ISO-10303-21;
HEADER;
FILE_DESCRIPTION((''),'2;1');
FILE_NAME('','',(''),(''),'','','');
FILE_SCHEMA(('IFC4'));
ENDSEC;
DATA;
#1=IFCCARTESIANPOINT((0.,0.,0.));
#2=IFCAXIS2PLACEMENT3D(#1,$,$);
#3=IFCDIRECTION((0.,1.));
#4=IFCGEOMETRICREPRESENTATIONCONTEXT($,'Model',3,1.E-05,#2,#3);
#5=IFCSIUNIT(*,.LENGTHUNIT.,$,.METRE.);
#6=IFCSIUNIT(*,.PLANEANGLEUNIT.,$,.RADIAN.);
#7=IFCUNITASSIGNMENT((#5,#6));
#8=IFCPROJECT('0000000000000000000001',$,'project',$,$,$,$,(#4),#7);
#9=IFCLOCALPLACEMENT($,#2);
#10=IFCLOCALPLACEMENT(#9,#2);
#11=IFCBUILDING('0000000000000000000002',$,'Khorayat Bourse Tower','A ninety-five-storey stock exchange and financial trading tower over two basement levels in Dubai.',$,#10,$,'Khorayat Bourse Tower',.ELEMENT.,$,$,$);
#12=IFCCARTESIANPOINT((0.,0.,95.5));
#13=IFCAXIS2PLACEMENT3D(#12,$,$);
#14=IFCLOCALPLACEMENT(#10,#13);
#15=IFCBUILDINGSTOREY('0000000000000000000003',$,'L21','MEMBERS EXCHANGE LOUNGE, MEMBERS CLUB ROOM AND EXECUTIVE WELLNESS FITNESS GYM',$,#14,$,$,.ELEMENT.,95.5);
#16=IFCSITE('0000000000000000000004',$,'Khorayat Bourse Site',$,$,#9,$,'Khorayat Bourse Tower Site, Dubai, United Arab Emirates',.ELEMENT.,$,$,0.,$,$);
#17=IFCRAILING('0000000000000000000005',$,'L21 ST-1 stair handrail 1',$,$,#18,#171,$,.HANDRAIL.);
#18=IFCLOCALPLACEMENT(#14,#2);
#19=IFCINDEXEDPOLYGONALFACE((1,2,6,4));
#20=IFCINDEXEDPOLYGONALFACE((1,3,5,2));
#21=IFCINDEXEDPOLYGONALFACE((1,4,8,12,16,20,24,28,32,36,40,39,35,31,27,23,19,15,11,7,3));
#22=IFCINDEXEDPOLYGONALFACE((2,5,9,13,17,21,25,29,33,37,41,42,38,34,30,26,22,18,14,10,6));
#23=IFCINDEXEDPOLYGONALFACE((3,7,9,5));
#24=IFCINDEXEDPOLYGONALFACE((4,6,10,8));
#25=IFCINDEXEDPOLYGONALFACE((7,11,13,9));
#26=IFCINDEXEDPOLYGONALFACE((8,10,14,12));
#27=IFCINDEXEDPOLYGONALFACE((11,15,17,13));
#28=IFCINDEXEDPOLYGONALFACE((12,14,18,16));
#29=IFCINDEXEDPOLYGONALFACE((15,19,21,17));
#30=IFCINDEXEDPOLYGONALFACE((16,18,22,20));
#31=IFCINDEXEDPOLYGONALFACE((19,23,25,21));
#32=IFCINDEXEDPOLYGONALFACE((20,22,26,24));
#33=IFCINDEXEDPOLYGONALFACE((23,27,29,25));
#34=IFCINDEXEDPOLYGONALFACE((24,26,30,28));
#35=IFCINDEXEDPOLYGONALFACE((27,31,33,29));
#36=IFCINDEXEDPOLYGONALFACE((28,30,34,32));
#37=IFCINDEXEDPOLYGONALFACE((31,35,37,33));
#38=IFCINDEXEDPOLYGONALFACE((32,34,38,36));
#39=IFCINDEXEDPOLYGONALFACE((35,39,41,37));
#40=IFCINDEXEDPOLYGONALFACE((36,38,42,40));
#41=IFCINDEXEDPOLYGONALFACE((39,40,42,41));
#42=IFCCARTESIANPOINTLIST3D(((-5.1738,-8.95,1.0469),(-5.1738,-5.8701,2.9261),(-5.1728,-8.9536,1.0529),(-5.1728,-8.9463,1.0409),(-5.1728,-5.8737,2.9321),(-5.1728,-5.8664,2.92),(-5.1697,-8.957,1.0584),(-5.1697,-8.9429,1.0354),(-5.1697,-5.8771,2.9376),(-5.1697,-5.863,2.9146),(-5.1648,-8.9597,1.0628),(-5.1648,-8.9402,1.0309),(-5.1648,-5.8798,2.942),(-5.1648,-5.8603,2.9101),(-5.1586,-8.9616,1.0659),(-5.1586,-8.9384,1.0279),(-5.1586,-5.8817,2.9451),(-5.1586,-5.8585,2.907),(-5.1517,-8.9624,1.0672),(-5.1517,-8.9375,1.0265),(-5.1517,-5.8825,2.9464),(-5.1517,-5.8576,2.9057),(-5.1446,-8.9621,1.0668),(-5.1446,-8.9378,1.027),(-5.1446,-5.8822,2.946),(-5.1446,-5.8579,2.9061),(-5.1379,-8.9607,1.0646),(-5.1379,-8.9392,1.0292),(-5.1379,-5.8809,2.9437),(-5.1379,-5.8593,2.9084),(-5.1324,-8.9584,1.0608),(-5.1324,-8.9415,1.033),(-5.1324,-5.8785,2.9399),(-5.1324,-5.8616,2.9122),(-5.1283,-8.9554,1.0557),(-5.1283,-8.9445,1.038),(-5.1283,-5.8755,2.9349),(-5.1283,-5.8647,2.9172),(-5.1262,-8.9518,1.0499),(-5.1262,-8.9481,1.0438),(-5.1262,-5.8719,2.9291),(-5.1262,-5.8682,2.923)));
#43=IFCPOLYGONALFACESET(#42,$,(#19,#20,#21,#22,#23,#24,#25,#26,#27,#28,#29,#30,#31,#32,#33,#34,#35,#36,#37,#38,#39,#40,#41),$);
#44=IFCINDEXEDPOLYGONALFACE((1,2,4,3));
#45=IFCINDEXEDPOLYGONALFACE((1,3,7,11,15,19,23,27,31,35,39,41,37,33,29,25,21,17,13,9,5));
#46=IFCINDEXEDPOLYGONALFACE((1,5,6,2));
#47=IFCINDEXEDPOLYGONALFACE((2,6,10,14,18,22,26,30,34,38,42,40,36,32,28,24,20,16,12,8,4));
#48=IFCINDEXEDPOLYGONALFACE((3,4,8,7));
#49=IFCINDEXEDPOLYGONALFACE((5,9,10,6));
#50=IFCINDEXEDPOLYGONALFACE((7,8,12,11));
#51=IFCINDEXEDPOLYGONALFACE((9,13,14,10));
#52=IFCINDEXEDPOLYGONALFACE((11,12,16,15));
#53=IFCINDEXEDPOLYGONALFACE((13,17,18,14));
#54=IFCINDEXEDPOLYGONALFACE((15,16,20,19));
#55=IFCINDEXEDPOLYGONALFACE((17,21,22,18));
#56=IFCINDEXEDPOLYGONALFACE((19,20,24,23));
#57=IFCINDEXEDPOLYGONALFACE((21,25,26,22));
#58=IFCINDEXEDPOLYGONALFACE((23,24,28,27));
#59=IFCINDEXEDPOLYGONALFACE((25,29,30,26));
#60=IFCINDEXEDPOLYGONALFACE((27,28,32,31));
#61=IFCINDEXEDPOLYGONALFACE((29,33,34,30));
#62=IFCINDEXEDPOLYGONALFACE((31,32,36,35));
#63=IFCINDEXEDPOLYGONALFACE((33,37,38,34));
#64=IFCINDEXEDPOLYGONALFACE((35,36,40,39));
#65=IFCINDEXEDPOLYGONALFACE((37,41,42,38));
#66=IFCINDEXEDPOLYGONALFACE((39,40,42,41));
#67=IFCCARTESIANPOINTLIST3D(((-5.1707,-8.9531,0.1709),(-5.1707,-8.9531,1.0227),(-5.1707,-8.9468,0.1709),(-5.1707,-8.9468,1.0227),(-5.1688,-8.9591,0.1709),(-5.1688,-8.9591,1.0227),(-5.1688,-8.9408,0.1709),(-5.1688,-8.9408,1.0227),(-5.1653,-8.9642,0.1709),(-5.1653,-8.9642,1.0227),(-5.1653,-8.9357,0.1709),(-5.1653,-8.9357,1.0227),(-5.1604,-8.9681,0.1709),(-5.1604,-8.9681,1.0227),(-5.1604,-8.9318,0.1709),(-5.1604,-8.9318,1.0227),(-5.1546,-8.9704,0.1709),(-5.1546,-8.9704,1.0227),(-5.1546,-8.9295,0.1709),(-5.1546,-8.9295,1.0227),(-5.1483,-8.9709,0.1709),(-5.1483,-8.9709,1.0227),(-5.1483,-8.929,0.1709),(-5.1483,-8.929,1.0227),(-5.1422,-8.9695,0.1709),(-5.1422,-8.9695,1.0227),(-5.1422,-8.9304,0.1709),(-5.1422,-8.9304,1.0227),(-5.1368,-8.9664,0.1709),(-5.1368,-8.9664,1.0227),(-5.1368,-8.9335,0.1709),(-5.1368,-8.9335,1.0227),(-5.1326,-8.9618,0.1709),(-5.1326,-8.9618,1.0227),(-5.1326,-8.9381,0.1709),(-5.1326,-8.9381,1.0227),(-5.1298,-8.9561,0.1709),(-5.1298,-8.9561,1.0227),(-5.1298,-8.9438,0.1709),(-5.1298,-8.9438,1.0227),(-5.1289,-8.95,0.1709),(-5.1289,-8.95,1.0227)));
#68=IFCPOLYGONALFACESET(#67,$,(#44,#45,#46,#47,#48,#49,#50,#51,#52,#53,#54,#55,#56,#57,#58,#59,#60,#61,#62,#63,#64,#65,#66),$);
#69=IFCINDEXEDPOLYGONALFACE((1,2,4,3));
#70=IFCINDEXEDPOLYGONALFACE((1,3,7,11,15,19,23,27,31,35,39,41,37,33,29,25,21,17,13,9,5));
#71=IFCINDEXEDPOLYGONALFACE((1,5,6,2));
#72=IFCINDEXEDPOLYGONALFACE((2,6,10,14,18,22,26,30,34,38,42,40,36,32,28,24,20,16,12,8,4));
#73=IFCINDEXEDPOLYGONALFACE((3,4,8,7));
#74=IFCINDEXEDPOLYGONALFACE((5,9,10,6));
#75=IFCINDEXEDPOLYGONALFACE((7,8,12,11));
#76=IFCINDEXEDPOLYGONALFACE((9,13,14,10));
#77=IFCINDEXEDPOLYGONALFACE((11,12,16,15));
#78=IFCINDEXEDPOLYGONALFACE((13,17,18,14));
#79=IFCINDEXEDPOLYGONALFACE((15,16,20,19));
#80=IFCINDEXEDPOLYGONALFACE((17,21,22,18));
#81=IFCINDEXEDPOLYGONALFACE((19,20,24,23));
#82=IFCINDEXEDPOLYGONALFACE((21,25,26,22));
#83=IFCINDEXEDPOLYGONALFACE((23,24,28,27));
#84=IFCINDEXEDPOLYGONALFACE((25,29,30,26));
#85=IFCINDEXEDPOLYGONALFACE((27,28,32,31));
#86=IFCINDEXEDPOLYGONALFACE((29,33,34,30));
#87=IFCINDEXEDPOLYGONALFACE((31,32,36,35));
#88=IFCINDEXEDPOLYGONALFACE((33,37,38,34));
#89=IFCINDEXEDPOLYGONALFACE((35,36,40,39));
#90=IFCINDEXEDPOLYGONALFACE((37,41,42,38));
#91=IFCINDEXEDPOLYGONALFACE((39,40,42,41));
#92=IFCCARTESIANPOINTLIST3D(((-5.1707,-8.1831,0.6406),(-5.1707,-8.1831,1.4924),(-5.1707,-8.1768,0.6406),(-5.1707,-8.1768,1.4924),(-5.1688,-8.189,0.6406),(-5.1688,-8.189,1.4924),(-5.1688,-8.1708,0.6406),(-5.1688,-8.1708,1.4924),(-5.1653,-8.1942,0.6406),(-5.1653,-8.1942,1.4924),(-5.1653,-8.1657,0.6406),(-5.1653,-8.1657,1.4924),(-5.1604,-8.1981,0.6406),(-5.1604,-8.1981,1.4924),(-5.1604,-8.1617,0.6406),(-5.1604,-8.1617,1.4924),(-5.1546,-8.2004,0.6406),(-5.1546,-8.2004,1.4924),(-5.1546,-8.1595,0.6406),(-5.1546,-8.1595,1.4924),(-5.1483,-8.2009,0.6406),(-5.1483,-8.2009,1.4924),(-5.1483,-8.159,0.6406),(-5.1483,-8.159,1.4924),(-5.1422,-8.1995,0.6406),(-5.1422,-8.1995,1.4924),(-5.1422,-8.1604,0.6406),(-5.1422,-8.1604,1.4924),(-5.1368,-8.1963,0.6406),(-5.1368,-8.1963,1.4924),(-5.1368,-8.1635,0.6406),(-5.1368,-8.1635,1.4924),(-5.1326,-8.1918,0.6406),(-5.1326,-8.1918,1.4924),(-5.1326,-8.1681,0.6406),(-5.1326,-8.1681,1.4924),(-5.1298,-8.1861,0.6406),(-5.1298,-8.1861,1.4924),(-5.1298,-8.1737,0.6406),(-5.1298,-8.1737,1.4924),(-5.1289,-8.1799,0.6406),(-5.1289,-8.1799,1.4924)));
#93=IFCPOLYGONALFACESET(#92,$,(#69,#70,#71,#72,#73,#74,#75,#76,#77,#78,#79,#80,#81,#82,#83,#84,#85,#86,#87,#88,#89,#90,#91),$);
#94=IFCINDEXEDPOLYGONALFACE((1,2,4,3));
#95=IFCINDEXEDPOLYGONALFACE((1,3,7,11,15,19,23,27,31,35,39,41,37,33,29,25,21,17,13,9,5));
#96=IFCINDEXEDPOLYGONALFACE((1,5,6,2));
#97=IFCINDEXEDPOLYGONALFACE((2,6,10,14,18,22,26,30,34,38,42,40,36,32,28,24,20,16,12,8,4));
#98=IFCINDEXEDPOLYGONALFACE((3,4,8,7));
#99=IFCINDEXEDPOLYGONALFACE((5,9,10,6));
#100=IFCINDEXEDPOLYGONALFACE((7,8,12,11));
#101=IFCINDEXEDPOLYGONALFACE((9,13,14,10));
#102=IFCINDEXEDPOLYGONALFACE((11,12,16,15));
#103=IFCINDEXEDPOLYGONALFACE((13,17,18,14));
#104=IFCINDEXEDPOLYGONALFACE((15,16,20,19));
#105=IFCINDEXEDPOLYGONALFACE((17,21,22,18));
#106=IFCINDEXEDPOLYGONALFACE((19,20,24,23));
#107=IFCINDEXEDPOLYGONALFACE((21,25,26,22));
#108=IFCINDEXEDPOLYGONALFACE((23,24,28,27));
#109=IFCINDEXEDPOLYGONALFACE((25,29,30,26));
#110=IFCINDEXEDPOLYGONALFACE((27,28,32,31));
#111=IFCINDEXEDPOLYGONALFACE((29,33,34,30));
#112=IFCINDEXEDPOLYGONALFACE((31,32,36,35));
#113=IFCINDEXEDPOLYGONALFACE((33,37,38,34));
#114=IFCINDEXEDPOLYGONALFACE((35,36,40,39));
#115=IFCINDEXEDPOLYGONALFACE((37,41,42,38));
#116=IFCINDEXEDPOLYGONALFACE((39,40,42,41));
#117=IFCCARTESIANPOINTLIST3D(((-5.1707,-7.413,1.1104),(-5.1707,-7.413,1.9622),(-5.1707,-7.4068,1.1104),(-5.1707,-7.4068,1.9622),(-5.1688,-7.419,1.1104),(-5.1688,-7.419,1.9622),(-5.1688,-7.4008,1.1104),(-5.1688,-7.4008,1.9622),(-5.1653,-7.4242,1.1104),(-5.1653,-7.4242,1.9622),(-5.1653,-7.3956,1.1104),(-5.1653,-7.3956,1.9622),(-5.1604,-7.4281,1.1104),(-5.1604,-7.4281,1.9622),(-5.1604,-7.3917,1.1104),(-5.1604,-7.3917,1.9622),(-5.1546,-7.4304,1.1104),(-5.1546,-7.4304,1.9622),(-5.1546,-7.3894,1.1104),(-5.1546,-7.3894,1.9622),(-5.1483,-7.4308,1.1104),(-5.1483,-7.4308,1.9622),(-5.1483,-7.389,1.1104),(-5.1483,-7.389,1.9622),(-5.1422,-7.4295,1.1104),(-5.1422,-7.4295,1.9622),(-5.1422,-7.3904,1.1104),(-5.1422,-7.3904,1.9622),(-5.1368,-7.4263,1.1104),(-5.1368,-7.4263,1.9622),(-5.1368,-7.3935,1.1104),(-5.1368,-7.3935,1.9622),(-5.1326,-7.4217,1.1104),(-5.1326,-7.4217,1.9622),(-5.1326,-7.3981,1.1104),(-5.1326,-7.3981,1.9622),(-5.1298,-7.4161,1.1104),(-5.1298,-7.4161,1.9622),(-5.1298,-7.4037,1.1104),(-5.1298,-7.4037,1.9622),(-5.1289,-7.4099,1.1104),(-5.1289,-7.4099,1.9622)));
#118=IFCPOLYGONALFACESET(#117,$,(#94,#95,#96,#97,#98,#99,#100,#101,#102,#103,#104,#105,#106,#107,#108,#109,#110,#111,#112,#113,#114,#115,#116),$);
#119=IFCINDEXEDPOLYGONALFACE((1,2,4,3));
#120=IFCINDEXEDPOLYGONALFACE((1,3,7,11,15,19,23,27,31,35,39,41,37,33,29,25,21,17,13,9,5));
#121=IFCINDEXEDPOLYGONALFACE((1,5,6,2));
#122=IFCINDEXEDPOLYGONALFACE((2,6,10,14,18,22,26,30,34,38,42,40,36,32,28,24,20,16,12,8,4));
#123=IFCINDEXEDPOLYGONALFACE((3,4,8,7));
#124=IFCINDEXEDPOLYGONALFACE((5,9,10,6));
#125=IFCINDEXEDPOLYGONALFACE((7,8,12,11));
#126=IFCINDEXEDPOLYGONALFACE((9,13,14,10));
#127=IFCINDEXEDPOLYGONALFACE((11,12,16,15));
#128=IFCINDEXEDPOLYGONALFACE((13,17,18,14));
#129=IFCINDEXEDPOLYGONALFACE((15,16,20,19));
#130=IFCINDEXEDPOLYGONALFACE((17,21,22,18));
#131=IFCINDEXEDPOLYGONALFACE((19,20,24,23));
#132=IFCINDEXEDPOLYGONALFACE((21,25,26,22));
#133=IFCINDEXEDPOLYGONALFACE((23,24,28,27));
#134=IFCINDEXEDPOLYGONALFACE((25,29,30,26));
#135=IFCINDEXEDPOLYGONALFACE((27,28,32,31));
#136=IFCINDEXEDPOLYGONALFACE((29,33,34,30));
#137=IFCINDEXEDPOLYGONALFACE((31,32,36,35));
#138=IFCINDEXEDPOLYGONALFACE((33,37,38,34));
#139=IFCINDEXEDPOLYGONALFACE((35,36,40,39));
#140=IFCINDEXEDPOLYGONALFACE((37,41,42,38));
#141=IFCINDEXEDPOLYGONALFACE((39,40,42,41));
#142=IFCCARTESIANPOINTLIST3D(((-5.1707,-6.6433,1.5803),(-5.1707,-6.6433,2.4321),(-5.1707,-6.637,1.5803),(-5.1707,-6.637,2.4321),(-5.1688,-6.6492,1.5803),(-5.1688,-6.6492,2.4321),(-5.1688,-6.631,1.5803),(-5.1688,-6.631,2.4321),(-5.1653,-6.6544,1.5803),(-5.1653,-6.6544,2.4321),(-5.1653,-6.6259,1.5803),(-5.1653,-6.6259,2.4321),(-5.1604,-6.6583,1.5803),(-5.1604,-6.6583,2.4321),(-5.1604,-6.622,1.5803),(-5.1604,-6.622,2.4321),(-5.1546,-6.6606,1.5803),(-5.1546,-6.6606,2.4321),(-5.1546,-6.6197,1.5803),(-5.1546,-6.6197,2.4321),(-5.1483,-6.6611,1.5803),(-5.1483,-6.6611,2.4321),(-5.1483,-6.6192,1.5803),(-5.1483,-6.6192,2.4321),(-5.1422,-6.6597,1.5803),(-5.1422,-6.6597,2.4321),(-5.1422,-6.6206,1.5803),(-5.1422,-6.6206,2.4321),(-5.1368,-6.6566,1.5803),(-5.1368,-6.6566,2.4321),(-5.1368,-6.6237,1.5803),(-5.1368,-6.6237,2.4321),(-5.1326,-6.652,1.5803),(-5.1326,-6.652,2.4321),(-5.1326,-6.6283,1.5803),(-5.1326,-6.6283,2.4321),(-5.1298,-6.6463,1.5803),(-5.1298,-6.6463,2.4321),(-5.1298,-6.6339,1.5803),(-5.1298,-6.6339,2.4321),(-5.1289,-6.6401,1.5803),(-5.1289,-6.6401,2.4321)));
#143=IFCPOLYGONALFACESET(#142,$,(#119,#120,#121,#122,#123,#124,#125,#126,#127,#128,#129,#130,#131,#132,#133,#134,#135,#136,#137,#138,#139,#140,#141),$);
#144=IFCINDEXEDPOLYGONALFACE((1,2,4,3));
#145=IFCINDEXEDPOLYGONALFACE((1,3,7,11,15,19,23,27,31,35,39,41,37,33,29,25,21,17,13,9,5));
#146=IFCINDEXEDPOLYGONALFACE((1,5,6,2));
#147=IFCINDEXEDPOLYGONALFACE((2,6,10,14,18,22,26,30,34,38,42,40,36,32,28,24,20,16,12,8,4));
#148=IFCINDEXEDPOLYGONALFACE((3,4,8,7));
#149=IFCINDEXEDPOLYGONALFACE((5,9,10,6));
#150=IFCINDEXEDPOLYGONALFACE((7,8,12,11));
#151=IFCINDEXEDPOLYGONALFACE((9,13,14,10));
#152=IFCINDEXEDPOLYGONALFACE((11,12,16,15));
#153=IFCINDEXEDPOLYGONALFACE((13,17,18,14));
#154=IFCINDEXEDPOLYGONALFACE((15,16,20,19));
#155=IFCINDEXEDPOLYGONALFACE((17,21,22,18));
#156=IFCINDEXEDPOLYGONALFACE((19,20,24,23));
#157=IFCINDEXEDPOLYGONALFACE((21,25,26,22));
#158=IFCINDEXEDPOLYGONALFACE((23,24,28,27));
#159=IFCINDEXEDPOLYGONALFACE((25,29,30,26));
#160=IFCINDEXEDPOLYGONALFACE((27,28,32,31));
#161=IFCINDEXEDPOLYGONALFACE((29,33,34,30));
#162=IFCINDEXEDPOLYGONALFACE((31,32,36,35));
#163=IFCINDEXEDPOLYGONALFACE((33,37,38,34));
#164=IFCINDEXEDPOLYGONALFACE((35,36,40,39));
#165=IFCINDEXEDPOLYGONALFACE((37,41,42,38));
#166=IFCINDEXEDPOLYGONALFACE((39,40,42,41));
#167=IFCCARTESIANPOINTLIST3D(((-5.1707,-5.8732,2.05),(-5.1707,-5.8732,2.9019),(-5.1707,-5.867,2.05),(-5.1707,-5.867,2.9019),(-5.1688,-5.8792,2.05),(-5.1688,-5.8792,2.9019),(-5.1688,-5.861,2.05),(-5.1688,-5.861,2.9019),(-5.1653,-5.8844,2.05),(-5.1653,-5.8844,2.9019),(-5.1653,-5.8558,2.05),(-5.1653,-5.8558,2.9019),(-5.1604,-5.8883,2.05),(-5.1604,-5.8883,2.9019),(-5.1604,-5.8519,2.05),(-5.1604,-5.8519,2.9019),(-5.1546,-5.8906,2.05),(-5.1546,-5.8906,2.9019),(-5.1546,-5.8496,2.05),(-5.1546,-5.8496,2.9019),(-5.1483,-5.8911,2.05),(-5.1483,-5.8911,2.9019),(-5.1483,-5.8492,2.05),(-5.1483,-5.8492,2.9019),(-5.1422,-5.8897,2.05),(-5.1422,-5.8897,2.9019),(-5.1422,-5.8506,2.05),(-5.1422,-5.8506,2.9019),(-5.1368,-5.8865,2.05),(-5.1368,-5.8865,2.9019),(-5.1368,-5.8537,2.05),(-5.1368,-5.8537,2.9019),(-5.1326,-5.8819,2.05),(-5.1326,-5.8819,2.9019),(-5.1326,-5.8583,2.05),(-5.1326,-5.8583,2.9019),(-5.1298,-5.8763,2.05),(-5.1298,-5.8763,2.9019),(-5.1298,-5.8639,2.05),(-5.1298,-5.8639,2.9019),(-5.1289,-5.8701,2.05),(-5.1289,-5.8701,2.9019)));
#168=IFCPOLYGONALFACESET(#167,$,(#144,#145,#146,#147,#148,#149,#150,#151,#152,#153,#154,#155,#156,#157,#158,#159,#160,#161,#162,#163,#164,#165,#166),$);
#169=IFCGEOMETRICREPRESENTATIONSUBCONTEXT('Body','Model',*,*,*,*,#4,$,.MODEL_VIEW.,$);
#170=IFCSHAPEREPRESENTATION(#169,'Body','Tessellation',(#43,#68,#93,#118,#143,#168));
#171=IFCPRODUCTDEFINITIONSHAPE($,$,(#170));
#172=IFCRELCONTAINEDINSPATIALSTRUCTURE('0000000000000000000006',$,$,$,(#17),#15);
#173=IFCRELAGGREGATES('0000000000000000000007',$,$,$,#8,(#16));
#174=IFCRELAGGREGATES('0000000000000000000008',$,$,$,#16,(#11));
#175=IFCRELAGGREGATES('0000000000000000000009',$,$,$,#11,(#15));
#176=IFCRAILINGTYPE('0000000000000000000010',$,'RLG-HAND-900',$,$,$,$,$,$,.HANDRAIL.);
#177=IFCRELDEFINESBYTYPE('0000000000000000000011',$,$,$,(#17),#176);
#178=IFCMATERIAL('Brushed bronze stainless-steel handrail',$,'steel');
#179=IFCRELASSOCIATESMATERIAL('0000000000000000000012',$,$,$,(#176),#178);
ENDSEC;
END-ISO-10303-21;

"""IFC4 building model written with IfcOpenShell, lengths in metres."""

from ifc_helpers import new_model, si_unit, direction, frame, origin, origin_2d, place, context, subcontext, project, spatial, circle, extrude, source, transform, mapped, material, type_object, element, save


model = new_model("IFC4")

# Units and contexts
model_context = context("Model", 3, precision=1e-05, world=origin(), true_north=direction((0.0, 1.0)))
body_context = subcontext(model_context, "Body", "Model", "MODEL_VIEW")
ifc_project = project(units=[si_unit("LENGTHUNIT", "METRE"), si_unit("PLANEANGLEUNIT", "RADIAN")], contexts=[model_context])

# Site, building, storey
site_placement = place(None, origin())
site = spatial("IfcSite", under=ifc_project, at=site_placement, Name="Khorayat Bourse Site", LongName="Khorayat Bourse Tower Site, Dubai, United Arab Emirates", CompositionType="ELEMENT", RefElevation=0.0)
building_placement = place(site_placement, origin())
building = spatial("IfcBuilding", under=site, at=building_placement, Name="Khorayat Bourse Tower", Description="A ninety-five-storey stock exchange and financial trading tower over two basement levels in Dubai.", LongName="Khorayat Bourse Tower", CompositionType="ELEMENT")
storey_placement = place(building_placement, frame((0.0, 0.0, 95.5)))
storey = spatial("IfcBuildingStorey", under=building, at=storey_placement, Name="L21", Description="MEMBERS EXCHANGE LOUNGE, MEMBERS CLUB ROOM AND EXECUTIVE WELLNESS FITNESS GYM", CompositionType="ELEMENT", Elevation=95.5)

# Railing
ifc_material_1 = material(Name="Brushed bronze stainless-steel handrail", Category="steel")
railing_type_1 = type_object("IfcRailingType", Name="RLG-HAND-900", PredefinedType="HANDRAIL", material=ifc_material_1)
shared_shape_1 = source(origin(), body_context, "Body", "SweptSolid", [
    extrude(circle(Radius=0.0239, at=origin_2d()), frame((0.0, 0.0, 0.876), z_axis=(0.0, 0.853648, 0.52085), x_axis=(-1.0, 0.0, 0.0)), (0.0, 0.0, 1.0), 3.6079),
    extrude(circle(Radius=0.021, at=origin_2d()), origin(), (0.0, 0.0, 1.0), 0.8518),
    extrude(circle(Radius=0.021, at=origin_2d()), frame((0.0, 0.77, 0.4697)), (0.0, 0.0, 1.0), 0.8518),
    extrude(circle(Radius=0.021, at=origin_2d()), frame((0.0, 1.54, 0.9395)), (0.0, 0.0, 1.0), 0.8518),
    extrude(circle(Radius=0.021, at=origin_2d()), frame((0.0, 2.3098, 1.4094)), (0.0, 0.0, 1.0), 0.8518),
    extrude(circle(Radius=0.021, at=origin_2d()), frame((0.0, 3.0798, 1.8792)), (0.0, 0.0, 1.0), 0.8518),
])
railing_1_placement = place(storey_placement, frame((-5.1499, -8.95, 0.1709)))
element("IfcRailing", 1, at=railing_1_placement, inside=storey, type_object=railing_type_1, Name="L21 ST-1 stair handrail 1", PredefinedType="HANDRAIL", context=body_context, shape_type="MappedRepresentation", body=[
    mapped(shared_shape_1, transform((0.0, 0.0, 0.0), scale=1.0)),
])

save(model, "model.ifc")
